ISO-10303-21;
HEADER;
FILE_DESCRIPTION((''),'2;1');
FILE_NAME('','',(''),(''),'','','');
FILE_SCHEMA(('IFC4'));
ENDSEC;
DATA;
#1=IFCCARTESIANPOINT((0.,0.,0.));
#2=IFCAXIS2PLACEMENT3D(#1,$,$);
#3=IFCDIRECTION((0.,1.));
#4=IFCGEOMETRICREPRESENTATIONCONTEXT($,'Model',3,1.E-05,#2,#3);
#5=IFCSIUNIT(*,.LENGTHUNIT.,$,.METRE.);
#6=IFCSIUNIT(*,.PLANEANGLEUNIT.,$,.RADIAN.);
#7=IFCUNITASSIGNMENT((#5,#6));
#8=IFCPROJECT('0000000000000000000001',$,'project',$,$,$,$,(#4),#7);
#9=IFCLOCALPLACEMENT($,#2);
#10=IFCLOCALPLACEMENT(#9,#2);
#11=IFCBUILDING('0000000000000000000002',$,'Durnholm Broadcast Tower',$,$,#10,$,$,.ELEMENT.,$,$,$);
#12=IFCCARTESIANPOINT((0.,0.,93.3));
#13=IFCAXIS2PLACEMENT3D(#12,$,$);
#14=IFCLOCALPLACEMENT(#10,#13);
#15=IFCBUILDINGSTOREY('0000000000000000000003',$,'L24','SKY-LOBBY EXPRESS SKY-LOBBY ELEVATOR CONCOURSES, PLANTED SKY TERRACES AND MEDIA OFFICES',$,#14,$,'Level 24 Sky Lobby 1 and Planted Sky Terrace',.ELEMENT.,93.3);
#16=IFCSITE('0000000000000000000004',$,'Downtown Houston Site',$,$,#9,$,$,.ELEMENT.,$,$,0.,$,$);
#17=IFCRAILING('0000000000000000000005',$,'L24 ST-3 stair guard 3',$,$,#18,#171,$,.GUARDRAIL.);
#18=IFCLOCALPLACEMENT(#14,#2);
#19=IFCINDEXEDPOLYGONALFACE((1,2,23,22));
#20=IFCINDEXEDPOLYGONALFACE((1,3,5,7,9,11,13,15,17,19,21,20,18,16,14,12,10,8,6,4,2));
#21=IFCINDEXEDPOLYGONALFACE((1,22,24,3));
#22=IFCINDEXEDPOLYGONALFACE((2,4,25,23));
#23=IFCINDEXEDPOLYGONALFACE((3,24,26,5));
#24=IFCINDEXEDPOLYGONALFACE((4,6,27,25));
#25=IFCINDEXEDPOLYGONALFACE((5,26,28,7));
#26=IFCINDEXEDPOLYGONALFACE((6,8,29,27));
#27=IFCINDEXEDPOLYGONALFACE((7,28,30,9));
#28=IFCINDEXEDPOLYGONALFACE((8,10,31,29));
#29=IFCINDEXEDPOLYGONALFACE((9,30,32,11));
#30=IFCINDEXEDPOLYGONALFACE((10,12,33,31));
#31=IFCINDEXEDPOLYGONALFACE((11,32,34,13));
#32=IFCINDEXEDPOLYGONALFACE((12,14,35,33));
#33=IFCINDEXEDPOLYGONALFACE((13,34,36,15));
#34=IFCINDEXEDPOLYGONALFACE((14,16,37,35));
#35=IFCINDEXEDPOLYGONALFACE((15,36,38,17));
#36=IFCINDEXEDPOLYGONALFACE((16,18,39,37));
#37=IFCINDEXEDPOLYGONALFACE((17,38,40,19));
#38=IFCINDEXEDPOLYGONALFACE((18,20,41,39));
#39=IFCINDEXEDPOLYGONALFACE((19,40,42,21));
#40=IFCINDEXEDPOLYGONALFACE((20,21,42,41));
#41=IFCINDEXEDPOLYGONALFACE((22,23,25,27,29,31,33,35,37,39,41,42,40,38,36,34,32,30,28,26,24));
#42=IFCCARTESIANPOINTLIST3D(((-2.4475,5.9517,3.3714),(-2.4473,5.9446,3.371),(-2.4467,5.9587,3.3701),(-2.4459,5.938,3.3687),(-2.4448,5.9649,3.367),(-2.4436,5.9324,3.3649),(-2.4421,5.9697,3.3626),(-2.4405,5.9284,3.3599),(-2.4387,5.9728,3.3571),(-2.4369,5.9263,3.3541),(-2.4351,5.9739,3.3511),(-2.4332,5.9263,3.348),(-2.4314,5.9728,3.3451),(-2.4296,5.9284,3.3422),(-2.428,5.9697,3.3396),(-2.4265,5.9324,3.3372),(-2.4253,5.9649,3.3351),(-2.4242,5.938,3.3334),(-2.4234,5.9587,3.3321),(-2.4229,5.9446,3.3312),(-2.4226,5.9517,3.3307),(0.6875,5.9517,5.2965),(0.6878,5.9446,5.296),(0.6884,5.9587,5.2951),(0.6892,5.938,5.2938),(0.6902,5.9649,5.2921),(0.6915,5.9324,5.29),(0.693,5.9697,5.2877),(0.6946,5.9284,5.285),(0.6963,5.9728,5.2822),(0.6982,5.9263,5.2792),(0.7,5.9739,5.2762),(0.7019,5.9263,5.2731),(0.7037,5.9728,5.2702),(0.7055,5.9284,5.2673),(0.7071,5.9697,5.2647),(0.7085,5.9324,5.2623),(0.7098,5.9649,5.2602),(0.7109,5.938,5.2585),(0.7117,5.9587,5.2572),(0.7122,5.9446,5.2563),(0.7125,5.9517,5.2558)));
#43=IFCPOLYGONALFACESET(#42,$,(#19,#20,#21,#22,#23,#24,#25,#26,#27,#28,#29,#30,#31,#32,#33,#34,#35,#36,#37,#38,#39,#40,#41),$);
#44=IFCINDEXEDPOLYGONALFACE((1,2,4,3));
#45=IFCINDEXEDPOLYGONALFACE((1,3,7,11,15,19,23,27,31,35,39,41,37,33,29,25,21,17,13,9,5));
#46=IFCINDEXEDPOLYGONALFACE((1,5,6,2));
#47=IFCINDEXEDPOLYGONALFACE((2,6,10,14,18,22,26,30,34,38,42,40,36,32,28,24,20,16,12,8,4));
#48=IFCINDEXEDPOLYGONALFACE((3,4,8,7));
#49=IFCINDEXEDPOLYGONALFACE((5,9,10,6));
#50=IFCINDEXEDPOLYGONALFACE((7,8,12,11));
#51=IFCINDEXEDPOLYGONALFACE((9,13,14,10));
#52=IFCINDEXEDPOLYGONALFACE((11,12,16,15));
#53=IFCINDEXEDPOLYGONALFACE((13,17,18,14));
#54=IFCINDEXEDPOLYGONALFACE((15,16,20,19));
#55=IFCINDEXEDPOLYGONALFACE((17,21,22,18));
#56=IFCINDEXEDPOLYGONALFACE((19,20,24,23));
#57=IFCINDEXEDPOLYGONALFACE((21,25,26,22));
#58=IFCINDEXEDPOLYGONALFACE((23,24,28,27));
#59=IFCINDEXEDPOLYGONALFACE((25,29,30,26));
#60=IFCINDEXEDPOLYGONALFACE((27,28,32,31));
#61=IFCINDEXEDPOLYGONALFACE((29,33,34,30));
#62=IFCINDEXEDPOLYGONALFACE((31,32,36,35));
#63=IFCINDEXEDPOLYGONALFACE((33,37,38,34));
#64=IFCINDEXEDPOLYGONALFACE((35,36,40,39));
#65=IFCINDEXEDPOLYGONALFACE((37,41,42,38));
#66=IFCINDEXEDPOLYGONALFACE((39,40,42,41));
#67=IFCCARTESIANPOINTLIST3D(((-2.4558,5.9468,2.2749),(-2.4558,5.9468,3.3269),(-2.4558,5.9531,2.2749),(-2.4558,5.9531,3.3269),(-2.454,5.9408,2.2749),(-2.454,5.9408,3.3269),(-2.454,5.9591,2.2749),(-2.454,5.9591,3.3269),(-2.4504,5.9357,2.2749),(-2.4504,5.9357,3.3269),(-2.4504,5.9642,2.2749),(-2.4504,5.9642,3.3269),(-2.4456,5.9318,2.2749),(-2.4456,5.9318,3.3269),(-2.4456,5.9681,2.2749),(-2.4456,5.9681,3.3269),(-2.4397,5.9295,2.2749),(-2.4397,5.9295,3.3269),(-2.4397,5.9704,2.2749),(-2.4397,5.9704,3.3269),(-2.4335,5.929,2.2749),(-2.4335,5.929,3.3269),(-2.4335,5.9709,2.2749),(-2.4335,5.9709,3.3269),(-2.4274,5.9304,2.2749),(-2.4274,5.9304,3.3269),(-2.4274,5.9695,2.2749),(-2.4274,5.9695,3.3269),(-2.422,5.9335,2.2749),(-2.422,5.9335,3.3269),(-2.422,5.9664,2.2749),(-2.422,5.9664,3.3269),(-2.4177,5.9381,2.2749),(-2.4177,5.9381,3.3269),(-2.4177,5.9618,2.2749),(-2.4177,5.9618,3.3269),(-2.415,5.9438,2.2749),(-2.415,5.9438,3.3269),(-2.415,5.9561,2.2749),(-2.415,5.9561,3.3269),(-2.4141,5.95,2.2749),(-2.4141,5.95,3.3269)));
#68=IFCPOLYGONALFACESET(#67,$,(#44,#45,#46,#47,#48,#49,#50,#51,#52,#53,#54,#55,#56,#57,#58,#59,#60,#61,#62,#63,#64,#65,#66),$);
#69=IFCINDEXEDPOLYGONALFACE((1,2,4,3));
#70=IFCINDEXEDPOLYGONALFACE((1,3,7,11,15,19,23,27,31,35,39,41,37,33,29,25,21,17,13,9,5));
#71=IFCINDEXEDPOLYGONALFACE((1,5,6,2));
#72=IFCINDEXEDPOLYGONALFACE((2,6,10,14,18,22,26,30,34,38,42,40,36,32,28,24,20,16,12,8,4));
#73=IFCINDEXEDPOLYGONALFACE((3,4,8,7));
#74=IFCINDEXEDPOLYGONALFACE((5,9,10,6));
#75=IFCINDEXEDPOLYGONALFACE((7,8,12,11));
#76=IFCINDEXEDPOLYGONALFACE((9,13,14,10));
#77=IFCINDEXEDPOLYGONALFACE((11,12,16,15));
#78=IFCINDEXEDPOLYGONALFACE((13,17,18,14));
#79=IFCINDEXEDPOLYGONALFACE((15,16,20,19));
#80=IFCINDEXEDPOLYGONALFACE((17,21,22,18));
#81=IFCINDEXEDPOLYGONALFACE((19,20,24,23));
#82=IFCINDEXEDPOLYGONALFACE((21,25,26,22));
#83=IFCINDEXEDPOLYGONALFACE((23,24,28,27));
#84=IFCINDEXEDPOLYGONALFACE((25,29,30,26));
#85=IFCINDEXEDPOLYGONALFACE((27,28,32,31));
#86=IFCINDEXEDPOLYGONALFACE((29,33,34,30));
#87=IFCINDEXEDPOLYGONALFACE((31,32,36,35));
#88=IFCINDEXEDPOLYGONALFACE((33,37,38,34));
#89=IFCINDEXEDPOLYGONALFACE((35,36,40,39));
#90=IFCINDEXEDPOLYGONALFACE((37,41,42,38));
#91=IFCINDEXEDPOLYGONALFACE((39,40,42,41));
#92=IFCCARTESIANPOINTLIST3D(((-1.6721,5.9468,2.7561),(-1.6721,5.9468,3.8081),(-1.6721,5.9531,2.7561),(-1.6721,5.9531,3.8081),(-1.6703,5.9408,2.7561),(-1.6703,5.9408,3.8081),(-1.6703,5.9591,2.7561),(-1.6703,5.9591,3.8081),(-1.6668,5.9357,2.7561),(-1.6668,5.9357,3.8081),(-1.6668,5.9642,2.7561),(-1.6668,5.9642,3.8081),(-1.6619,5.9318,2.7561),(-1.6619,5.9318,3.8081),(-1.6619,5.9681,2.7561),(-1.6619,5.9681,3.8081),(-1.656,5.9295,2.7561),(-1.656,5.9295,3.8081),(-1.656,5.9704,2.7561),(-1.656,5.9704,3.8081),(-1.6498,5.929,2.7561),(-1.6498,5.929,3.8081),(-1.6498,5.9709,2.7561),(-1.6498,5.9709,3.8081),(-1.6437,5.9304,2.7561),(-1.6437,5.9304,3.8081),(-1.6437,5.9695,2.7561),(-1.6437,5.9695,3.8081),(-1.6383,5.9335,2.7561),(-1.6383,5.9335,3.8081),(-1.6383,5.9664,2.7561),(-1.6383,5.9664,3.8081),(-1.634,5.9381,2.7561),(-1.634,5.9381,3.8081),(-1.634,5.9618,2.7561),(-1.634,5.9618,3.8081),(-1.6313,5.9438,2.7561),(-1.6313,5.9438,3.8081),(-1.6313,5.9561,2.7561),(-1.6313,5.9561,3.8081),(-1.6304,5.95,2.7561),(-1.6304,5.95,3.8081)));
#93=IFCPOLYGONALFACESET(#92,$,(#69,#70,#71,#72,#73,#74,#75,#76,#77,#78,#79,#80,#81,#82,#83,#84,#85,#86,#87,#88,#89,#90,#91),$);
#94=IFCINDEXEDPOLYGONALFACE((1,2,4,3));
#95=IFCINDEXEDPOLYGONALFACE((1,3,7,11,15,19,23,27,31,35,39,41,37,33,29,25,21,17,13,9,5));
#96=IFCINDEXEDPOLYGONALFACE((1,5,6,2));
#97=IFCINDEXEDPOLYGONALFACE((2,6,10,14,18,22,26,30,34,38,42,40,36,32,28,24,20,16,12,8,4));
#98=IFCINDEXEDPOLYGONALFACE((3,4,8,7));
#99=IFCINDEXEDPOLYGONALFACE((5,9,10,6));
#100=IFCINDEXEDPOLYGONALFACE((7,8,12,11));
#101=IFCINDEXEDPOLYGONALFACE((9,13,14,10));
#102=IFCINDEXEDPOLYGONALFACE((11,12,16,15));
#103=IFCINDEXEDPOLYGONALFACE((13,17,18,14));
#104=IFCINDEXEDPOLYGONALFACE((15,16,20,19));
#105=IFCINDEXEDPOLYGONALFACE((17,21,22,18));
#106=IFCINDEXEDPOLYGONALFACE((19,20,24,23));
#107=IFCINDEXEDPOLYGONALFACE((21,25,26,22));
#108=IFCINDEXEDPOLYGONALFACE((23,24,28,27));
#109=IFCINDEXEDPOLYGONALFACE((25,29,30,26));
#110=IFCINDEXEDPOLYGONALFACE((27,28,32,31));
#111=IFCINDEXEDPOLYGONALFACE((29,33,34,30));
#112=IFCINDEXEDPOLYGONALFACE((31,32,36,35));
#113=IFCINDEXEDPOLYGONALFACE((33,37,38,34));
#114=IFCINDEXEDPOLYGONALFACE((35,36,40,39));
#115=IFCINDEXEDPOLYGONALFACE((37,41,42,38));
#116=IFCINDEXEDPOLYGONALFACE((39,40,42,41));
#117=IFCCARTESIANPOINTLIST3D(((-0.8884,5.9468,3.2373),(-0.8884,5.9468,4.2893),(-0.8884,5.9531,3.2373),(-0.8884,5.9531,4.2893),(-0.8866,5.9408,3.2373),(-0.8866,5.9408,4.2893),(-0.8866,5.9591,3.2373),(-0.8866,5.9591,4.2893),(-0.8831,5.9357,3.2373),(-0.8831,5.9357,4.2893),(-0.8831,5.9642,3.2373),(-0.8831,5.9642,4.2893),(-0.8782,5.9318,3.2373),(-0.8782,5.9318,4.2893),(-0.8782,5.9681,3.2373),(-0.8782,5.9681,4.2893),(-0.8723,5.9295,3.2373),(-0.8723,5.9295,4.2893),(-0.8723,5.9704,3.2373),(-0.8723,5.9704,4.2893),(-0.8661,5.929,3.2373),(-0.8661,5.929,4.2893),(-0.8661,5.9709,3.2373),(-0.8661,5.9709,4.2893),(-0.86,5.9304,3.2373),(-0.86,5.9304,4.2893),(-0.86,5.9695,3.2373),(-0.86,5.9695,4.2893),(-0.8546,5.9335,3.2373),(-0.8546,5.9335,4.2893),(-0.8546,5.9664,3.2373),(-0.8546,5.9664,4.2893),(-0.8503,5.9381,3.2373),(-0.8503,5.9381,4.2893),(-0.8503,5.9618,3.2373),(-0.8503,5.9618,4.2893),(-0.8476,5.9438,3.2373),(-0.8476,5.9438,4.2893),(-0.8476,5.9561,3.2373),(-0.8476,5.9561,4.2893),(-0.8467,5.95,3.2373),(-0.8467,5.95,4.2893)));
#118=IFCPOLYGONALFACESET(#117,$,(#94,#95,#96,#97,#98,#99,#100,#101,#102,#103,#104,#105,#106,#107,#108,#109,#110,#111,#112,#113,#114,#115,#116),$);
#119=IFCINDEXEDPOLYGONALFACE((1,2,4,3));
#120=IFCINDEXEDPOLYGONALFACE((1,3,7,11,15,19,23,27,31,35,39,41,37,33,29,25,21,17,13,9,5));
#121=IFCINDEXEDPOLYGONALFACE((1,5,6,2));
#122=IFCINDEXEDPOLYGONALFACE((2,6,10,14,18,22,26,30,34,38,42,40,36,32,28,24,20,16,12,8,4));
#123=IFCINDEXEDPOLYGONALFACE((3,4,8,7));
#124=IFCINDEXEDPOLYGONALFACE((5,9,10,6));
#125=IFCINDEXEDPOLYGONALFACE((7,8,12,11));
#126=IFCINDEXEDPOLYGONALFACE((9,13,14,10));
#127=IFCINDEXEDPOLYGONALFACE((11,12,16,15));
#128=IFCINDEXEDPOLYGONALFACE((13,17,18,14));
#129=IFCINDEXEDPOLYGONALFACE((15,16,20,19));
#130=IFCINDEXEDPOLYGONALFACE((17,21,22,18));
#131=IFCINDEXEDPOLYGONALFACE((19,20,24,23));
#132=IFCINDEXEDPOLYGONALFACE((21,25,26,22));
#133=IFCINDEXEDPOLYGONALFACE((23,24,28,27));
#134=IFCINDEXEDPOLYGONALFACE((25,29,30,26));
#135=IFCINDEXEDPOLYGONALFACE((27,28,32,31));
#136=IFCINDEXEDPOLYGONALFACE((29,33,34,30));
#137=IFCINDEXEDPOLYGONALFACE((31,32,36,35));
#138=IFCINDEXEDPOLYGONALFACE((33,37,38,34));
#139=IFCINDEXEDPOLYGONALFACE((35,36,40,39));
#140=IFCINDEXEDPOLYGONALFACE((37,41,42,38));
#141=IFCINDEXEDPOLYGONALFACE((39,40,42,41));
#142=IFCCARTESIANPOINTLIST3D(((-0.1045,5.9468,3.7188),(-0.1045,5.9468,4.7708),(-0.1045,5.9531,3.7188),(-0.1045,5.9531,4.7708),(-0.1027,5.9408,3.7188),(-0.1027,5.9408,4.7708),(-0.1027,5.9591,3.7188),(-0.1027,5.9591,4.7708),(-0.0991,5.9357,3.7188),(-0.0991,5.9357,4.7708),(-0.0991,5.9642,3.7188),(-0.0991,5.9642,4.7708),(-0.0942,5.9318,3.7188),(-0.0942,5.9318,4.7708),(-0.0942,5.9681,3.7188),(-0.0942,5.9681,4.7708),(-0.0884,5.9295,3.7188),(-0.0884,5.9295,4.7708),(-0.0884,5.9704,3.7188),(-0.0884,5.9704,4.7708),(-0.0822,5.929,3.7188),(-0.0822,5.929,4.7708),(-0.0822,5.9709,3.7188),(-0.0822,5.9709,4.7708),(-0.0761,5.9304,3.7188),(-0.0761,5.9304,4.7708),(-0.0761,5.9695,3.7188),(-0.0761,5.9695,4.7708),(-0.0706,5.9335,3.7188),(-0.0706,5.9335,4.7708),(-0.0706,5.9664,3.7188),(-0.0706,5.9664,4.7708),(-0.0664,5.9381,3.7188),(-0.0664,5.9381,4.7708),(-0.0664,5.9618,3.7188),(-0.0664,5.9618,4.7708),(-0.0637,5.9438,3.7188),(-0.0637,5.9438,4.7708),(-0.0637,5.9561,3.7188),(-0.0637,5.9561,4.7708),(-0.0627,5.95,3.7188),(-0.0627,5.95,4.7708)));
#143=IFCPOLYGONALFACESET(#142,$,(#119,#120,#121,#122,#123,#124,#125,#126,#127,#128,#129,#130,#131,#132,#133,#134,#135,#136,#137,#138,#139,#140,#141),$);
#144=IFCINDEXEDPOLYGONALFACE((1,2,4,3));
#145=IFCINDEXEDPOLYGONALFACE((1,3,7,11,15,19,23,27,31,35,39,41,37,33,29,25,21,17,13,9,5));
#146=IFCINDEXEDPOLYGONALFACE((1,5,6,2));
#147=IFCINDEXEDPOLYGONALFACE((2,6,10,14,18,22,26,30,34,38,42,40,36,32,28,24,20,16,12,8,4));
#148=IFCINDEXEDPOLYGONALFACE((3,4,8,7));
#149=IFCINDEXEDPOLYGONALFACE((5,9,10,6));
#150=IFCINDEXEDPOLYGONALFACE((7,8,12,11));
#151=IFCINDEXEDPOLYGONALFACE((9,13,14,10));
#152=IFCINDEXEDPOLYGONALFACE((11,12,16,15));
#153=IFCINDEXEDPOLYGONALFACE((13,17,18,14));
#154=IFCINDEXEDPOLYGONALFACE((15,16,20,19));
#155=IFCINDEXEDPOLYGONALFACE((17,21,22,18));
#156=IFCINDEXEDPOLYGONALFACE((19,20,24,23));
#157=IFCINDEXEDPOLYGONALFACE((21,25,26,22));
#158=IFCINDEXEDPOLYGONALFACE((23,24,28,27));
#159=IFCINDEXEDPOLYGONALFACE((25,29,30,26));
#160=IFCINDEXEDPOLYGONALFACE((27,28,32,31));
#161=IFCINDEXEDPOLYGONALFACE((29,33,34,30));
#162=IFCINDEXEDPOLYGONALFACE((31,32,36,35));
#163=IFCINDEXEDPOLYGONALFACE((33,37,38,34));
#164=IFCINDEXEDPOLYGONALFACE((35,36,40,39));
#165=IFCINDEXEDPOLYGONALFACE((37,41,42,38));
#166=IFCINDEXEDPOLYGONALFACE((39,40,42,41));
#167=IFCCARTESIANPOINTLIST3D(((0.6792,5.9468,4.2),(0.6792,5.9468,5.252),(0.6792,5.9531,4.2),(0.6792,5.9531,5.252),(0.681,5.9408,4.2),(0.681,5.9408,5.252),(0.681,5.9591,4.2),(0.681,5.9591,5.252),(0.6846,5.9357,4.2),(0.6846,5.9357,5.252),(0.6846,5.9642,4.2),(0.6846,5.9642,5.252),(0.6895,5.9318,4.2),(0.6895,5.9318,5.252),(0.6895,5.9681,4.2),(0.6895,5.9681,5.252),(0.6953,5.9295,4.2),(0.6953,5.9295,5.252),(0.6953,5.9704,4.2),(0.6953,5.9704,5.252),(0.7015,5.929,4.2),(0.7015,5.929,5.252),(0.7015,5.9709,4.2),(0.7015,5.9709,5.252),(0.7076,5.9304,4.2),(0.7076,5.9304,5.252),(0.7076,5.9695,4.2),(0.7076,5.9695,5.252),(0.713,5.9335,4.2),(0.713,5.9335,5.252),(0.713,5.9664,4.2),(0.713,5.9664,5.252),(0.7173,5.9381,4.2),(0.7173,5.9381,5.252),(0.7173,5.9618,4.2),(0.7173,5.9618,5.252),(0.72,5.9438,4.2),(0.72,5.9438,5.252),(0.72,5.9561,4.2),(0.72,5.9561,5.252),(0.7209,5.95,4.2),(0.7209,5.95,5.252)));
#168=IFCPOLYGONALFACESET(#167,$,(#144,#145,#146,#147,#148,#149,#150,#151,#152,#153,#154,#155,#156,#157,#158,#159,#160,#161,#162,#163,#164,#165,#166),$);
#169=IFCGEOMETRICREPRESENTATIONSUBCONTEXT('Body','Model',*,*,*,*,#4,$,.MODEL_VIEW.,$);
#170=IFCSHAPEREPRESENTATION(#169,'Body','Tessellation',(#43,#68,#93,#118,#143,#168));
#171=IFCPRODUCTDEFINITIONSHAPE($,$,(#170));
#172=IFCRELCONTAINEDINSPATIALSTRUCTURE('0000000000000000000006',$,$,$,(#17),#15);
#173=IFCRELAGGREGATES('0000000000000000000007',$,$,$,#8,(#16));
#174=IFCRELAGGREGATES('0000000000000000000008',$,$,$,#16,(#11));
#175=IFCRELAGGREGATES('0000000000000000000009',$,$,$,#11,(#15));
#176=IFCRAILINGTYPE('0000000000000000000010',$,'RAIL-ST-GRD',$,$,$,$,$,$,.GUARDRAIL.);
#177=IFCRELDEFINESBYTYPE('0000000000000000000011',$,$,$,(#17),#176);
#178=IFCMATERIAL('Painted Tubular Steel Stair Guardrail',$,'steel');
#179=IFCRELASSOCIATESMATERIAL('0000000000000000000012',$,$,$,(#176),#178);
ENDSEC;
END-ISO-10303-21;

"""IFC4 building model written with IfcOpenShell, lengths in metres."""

from ifc_helpers import new_model, si_unit, direction, frame, origin, origin_2d, place, context, subcontext, project, spatial, circle, extrude, material, type_object, element, save


model = new_model("IFC4")

# Units and contexts
model_context = context("Model", 3, precision=1e-05, world=origin(), true_north=direction((0.0, 1.0)))
body_context = subcontext(model_context, "Body", "Model", "MODEL_VIEW")
ifc_project = project(units=[si_unit("LENGTHUNIT", "METRE"), si_unit("PLANEANGLEUNIT", "RADIAN")], contexts=[model_context])

# Site, building, storey
site_placement = place(None, origin())
site = spatial("IfcSite", under=ifc_project, at=site_placement, Name="Downtown Houston Site", CompositionType="ELEMENT", RefElevation=0.0)
building_placement = place(site_placement, origin())
building = spatial("IfcBuilding", under=site, at=building_placement, Name="Durnholm Broadcast Tower", CompositionType="ELEMENT")
storey_placement = place(building_placement, frame((0.0, 0.0, 93.3)))
storey = spatial("IfcBuildingStorey", under=building, at=storey_placement, Name="L24", Description="SKY-LOBBY EXPRESS SKY-LOBBY ELEVATOR CONCOURSES, PLANTED SKY TERRACES AND MEDIA OFFICES", LongName="Level 24 Sky Lobby 1 and Planted Sky Terrace", CompositionType="ELEMENT", Elevation=93.3)

# Railing
ifc_material_1 = material(Name="Painted Tubular Steel Stair Guardrail", Category="steel")
railing_type_1 = type_object("IfcRailingType", Name="RAIL-ST-GRD", PredefinedType="GUARDRAIL", material=ifc_material_1)
railing_1_placement = place(storey_placement, frame((-2.4351, 5.95, 2.2749)))
element("IfcRailing", 1, at=railing_1_placement, inside=storey, type_object=railing_type_1, Name="L24 ST-3 stair guard 3", PredefinedType="GUARDRAIL", context=body_context, shape_type="SweptSolid", body=[
    extrude(circle(Radius=0.0239, at=origin_2d()), frame((0.0, 0.0, 1.0762), z_axis=(0.852166, 0.0, 0.523271), x_axis=(0.0, 1.0, 0.0)), (0.0, 0.0, 1.0), 3.679),
    extrude(circle(Radius=0.021, at=origin_2d()), origin(), (0.0, 0.0, 1.0), 1.052),
    extrude(circle(Radius=0.021, at=origin_2d()), frame((0.7837, 0.0, 0.4812)), (0.0, 0.0, 1.0), 1.052),
    extrude(circle(Radius=0.021, at=origin_2d()), frame((1.5674, 0.0, 0.9624)), (0.0, 0.0, 1.0), 1.052),
    extrude(circle(Radius=0.021, at=origin_2d()), frame((2.3513, 0.0, 1.4438)), (0.0, 0.0, 1.0), 1.052),
    extrude(circle(Radius=0.021, at=origin_2d()), frame((3.135, 0.0, 1.925)), (0.0, 0.0, 1.0), 1.052),
])

save(model, "model.ifc")
